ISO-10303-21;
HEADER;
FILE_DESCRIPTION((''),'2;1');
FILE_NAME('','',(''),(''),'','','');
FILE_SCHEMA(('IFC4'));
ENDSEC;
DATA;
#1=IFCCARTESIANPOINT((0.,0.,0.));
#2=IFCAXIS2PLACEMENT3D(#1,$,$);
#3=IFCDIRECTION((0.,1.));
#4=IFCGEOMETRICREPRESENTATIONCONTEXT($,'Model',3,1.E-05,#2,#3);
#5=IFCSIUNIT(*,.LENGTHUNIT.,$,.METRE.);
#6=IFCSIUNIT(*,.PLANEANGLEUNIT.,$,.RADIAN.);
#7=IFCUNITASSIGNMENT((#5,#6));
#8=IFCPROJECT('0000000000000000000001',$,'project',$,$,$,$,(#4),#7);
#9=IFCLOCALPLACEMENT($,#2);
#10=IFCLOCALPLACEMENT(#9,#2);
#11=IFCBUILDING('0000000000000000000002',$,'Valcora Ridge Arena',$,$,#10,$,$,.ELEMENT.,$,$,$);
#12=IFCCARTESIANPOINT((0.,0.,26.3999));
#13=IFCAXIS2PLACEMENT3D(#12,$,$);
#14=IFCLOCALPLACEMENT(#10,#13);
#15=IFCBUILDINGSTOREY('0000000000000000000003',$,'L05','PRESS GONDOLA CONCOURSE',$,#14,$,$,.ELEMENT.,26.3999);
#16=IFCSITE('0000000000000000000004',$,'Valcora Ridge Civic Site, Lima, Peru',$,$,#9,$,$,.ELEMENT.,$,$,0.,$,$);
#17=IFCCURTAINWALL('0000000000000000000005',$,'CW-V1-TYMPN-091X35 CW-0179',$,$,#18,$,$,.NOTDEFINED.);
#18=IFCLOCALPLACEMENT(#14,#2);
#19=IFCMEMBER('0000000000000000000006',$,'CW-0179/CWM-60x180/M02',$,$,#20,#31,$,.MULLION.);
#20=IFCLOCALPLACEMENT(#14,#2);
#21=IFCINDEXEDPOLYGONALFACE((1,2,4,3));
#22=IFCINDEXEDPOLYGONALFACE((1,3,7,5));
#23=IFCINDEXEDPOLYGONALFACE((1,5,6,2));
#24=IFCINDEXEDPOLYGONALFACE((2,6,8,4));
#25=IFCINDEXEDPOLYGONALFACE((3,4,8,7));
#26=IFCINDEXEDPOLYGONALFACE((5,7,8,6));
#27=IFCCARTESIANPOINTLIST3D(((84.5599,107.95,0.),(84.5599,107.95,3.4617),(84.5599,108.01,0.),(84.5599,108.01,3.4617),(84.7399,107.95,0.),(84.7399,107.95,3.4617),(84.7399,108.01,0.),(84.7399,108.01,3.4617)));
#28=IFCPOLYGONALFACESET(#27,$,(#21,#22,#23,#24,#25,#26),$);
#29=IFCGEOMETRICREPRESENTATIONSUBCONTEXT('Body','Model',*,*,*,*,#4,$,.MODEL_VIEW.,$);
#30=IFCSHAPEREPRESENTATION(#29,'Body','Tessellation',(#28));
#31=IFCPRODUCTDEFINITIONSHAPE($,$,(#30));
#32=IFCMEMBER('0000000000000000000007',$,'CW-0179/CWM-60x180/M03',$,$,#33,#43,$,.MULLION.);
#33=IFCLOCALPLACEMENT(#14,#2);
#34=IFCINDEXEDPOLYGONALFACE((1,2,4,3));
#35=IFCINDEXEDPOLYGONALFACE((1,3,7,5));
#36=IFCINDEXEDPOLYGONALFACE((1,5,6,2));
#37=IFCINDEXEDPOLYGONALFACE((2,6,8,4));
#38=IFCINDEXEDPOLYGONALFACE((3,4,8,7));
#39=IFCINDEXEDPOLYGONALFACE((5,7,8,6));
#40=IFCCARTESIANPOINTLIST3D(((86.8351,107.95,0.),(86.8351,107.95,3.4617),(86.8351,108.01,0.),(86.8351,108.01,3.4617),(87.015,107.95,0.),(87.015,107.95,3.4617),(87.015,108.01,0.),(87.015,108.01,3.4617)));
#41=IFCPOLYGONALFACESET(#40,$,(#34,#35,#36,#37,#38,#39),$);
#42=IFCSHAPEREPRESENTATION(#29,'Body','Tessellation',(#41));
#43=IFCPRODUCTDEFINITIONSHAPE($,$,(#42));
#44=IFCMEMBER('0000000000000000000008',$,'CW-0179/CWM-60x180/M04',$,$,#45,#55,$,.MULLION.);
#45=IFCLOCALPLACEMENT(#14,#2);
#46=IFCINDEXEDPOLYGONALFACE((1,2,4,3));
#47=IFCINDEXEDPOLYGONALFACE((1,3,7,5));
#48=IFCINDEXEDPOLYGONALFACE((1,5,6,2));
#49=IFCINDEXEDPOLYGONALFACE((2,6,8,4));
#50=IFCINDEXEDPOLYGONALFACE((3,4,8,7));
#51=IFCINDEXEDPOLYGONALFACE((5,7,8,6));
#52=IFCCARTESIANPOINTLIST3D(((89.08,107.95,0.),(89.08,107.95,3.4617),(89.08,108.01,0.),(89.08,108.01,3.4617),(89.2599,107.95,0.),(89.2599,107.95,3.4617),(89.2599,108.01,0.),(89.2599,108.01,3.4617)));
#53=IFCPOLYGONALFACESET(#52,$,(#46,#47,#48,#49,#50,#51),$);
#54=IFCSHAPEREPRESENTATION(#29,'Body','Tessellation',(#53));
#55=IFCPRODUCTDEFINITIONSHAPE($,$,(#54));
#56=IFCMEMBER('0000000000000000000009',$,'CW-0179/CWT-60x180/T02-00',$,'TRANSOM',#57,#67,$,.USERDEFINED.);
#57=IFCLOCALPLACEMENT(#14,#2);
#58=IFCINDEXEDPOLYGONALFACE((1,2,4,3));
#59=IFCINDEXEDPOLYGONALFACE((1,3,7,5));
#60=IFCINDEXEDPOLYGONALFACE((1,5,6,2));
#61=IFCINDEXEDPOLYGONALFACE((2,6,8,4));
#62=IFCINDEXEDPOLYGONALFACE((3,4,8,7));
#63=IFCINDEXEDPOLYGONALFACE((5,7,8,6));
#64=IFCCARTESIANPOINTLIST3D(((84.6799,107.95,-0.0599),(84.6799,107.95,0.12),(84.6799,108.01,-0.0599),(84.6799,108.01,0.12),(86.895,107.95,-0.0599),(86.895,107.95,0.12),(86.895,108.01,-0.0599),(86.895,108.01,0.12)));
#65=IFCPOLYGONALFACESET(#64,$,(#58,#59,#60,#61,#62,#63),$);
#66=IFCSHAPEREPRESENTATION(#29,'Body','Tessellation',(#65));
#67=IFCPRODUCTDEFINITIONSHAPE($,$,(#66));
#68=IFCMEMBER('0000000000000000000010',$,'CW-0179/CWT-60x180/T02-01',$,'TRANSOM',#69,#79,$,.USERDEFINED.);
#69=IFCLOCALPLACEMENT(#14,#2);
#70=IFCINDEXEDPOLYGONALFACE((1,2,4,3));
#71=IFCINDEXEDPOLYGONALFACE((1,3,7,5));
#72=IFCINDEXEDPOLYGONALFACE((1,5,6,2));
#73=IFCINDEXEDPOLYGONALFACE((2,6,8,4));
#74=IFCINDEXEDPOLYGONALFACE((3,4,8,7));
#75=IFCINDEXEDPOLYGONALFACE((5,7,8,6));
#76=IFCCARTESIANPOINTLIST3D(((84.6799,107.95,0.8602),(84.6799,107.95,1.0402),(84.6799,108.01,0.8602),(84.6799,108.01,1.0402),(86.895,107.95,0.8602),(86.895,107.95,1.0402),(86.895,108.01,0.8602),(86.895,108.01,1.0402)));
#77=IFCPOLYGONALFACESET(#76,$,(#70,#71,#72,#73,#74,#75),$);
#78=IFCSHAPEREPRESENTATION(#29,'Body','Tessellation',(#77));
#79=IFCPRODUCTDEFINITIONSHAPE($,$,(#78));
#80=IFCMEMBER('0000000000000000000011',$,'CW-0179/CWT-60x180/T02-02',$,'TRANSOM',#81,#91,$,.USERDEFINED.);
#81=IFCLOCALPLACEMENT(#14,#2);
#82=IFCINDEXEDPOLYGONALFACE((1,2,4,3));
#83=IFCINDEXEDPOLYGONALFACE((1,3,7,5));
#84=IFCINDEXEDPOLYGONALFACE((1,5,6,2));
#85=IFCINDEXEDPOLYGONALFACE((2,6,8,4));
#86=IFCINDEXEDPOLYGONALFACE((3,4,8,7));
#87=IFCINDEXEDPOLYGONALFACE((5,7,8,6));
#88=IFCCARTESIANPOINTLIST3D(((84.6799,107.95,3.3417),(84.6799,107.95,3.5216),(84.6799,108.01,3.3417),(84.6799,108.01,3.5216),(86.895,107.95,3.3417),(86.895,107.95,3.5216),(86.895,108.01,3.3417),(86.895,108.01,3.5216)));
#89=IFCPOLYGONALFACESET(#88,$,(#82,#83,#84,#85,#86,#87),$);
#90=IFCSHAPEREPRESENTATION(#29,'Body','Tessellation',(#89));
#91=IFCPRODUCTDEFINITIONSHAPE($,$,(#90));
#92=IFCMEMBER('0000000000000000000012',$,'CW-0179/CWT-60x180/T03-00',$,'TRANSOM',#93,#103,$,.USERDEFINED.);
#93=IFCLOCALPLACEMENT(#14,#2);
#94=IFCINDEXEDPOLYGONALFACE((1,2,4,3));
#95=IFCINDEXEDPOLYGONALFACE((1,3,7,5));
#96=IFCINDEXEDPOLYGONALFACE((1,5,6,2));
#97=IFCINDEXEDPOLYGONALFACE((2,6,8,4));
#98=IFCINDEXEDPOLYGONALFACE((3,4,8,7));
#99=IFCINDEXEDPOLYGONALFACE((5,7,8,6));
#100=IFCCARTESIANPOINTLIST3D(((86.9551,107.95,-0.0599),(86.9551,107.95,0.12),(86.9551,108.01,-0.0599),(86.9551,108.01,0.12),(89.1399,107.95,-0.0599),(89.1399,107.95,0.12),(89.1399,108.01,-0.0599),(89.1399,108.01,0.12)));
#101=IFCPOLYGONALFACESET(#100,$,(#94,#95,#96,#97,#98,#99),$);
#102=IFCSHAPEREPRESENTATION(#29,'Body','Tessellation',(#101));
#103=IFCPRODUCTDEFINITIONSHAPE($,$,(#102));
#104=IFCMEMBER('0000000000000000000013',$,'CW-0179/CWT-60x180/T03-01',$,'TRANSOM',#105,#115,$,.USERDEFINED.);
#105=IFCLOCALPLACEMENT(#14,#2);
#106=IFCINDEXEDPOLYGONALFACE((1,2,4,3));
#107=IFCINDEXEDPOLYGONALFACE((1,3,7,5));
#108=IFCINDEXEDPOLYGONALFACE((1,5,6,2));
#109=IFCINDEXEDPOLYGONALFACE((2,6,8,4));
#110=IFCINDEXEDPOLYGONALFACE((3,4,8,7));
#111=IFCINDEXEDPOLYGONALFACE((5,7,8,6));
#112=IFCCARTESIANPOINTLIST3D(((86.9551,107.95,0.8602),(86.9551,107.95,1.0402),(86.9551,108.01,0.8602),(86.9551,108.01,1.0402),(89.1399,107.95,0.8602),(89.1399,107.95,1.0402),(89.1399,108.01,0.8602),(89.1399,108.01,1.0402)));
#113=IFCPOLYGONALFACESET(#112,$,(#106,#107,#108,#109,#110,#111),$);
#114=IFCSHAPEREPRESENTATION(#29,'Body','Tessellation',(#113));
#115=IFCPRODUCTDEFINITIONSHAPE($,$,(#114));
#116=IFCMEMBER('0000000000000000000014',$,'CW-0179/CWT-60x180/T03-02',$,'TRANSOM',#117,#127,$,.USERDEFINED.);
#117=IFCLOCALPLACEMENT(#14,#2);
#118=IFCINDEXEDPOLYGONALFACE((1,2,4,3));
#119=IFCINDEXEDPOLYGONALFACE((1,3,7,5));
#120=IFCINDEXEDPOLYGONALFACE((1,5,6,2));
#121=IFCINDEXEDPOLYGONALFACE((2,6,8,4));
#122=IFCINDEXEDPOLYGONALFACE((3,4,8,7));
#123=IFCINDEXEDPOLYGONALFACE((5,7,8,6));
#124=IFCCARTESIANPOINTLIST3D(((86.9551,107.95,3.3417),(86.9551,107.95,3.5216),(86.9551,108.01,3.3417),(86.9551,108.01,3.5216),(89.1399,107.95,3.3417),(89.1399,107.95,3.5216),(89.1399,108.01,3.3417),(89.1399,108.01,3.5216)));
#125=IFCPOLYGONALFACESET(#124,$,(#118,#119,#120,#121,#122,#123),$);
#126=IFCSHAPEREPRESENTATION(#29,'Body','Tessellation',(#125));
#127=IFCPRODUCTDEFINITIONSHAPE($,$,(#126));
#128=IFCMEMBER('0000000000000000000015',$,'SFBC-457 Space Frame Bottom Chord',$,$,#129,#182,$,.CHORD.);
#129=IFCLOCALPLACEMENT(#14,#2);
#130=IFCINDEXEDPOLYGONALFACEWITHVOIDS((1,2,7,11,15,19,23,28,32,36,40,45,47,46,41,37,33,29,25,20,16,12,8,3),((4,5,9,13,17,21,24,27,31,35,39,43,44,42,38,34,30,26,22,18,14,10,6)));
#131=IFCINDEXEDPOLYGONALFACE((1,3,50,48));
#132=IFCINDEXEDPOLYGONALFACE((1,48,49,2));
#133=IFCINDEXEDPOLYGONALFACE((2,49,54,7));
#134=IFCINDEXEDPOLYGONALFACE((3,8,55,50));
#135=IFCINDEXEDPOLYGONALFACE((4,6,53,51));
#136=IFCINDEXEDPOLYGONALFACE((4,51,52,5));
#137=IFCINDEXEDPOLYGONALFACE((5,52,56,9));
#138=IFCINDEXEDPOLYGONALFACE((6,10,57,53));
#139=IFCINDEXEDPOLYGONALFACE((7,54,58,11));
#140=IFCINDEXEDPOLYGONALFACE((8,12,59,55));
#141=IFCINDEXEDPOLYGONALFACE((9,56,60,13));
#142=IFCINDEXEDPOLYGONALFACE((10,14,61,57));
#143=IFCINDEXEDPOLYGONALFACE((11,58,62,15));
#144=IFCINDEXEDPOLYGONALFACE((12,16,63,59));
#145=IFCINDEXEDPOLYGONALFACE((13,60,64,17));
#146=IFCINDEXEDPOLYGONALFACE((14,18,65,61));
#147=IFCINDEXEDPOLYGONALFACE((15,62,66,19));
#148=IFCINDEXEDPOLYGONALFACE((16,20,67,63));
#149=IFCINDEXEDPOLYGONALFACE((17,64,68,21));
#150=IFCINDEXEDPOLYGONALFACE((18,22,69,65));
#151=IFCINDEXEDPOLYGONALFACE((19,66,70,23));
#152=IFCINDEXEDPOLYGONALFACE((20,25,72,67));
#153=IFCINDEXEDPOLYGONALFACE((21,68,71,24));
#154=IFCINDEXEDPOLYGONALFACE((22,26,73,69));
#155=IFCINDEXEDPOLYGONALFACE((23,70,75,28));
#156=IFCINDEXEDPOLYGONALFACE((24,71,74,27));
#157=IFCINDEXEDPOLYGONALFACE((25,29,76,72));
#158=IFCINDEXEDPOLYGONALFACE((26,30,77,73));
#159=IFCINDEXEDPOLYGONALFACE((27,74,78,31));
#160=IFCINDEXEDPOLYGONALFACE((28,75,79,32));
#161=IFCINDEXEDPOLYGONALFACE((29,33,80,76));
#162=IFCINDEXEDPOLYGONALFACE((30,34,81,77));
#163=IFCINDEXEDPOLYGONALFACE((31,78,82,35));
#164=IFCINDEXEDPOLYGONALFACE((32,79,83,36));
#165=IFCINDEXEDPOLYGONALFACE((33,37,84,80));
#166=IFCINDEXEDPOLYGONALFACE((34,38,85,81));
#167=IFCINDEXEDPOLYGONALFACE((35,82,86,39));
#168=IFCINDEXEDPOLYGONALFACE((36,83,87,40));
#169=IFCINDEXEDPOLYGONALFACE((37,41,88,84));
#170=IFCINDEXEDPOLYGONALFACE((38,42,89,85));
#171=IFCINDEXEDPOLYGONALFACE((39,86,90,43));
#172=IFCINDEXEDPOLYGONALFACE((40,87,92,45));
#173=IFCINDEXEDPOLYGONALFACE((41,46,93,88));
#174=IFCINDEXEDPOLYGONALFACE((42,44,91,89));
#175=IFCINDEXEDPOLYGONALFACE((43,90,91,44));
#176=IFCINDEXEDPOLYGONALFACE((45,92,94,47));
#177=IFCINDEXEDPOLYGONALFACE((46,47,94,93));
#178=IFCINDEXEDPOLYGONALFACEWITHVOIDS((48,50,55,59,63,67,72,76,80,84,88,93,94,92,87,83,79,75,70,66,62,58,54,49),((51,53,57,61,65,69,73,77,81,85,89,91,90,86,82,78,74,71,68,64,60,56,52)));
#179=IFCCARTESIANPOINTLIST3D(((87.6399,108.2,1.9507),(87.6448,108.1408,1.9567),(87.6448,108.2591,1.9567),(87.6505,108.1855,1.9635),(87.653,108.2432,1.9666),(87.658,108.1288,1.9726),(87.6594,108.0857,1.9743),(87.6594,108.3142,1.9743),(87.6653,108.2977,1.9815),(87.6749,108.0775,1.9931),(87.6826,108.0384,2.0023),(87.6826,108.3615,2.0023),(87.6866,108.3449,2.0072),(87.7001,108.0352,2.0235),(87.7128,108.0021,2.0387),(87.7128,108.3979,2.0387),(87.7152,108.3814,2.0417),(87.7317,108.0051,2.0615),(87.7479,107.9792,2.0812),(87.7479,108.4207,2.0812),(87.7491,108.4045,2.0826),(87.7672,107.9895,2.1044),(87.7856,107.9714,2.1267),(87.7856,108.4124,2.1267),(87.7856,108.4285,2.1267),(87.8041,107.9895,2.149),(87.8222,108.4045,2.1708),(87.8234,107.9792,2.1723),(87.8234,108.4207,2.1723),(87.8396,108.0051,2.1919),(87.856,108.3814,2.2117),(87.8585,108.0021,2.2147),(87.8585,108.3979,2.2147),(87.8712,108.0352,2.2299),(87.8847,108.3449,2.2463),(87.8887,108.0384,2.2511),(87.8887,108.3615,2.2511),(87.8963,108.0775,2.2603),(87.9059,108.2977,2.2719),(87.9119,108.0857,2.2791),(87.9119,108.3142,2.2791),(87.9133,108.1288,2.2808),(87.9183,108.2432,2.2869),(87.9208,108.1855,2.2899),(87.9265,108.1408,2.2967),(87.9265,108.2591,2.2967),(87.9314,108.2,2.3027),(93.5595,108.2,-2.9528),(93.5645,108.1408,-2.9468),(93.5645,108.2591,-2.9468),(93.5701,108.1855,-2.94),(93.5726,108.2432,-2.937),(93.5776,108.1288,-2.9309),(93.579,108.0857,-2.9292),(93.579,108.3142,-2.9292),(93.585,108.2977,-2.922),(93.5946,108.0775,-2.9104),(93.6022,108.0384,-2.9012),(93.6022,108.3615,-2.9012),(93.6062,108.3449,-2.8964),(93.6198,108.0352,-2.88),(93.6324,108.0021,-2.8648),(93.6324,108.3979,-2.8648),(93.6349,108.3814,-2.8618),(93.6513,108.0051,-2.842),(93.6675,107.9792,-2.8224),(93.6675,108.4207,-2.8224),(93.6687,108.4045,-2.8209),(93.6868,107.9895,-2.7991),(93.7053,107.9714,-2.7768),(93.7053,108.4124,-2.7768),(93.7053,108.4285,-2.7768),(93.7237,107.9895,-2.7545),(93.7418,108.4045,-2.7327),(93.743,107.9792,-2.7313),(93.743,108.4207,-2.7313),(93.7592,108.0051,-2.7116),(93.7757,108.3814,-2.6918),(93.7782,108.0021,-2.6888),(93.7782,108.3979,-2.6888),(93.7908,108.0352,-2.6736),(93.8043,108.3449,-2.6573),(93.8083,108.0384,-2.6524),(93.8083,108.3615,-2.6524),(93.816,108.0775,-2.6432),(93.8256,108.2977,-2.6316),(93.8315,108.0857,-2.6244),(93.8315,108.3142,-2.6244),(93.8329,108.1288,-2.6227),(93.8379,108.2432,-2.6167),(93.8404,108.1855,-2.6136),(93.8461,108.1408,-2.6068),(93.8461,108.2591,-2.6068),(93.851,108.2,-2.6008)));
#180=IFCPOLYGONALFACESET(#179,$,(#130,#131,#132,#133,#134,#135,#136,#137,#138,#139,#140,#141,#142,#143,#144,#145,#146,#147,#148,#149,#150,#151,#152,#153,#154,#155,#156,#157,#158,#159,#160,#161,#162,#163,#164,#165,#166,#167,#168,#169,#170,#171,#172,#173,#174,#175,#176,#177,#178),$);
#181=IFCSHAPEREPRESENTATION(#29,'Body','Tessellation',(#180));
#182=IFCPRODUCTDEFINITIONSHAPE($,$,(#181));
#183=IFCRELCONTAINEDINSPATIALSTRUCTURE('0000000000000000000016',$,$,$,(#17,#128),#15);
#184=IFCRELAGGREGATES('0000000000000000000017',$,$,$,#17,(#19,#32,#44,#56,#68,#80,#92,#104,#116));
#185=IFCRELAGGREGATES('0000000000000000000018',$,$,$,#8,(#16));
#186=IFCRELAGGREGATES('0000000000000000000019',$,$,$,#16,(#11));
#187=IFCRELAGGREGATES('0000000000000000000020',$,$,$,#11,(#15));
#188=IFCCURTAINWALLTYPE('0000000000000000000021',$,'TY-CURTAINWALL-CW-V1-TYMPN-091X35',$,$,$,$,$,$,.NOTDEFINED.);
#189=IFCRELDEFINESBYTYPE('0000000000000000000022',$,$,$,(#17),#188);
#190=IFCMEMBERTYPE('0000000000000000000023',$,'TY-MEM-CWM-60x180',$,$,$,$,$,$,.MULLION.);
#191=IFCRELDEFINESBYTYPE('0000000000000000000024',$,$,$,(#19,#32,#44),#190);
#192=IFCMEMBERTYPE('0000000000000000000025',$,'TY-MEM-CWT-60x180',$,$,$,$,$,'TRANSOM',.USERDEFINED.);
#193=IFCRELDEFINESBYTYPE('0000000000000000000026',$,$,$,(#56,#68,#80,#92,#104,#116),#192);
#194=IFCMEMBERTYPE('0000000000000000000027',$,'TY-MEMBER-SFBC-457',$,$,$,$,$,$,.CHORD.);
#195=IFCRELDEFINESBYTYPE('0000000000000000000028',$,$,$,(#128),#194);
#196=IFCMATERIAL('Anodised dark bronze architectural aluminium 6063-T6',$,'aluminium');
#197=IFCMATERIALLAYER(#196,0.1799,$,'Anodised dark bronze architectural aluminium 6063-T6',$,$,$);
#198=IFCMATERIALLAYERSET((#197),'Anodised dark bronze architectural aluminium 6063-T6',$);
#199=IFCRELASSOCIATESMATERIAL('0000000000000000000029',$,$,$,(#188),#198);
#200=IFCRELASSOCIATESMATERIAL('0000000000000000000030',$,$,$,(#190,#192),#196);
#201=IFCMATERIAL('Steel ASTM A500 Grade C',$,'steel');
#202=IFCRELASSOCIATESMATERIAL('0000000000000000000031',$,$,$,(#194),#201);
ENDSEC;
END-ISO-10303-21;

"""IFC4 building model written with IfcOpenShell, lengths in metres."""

from ifc_helpers import new_model, si_unit, direction, frame, origin, origin_2d, place, context, subcontext, project, spatial, rectangle, hollow_circle, extrude, material, layer, layer_set, material_profile, profile_set, type_object, element, aggregate, save


model = new_model("IFC4")

# Units and contexts
model_context = context("Model", 3, precision=1e-05, world=origin(), true_north=direction((0.0, 1.0)))
body_context = subcontext(model_context, "Body", "Model", "MODEL_VIEW")
ifc_project = project(units=[si_unit("LENGTHUNIT", "METRE"), si_unit("PLANEANGLEUNIT", "RADIAN")], contexts=[model_context])

# Site, building, storey
site_placement = place(None, origin())
site = spatial("IfcSite", under=ifc_project, at=site_placement, Name="Valcora Ridge Civic Site, Lima, Peru", CompositionType="ELEMENT", RefElevation=0.0)
building_placement = place(site_placement, origin())
building = spatial("IfcBuilding", under=site, at=building_placement, Name="Valcora Ridge Arena", CompositionType="ELEMENT")
storey_placement = place(building_placement, frame((0.0, 0.0, 26.3999)))
storey = spatial("IfcBuildingStorey", under=building, at=storey_placement, Name="L05", Description="PRESS GONDOLA CONCOURSE", CompositionType="ELEMENT", Elevation=26.3999)

# Curtain wall, members
ifc_material_1 = material(Name="Anodised dark bronze architectural aluminium 6063-T6", Category="aluminium")
ifc_layer_1 = layer(ifc_material_1, 0.1799, Name="Anodised dark bronze architectural aluminium 6063-T6")
ifc_layer_set_1 = layer_set([ifc_layer_1], Name="Anodised dark bronze architectural aluminium 6063-T6")
curtain_wall_type = type_object("IfcCurtainWallType", Name="TY-CURTAINWALL-CW-V1-TYMPN-091X35", PredefinedType="NOTDEFINED", material=ifc_layer_set_1)
curtain_wall_placement = place(storey_placement, origin())
curtain_wall = element("IfcCurtainWall", 1, at=curtain_wall_placement, inside=storey, type_object=curtain_wall_type, Name="CW-V1-TYMPN-091X35 CW-0179", PredefinedType="NOTDEFINED")
ifc_material_profile_1 = material_profile(ifc_material_1, rectangle(XDim=0.0601, YDim=0.1799, at=origin_2d()), Name="ALU MULLION 60x180")
ifc_profile_set_1 = profile_set([ifc_material_profile_1], Name="Anodised dark bronze architectural aluminium 6063-T6")
member_type_1 = type_object("IfcMemberType", Name="TY-MEM-CWM-60x180", PredefinedType="MULLION", material=ifc_profile_set_1)
member_1_placement = place(storey_placement, frame((84.6499, 107.98, 0.0), z_axis=(0.0, 0.0, 1.0), x_axis=(0.0, 1.0, 0.0)))
member_1 = element("IfcMember", 2, at=member_1_placement, type_object=member_type_1, Name="CW-0179/CWM-60x180/M02", PredefinedType="MULLION", context=body_context, shape_type="SweptSolid", body=[
    extrude(rectangle(XDim=0.0601, YDim=0.1799, at=origin_2d()), origin(), (0.0, 0.0, 1.0), 3.4617),
])
member_2_placement = place(storey_placement, frame((86.925, 107.98, 0.0), z_axis=(0.0, 0.0, 1.0), x_axis=(0.0, 1.0, 0.0)))
member_2 = element("IfcMember", 3, at=member_2_placement, type_object=member_type_1, Name="CW-0179/CWM-60x180/M03", PredefinedType="MULLION", context=body_context, shape_type="SweptSolid", body=[
    extrude(rectangle(XDim=0.0601, YDim=0.1799, at=origin_2d()), origin(), (0.0, 0.0, 1.0), 3.4617),
])
member_3_placement = place(storey_placement, frame((89.1699, 107.98, 0.0), z_axis=(0.0, 0.0, 1.0), x_axis=(0.0, 1.0, 0.0)))
member_3 = element("IfcMember", 4, at=member_3_placement, type_object=member_type_1, Name="CW-0179/CWM-60x180/M04", PredefinedType="MULLION", context=body_context, shape_type="SweptSolid", body=[
    extrude(rectangle(XDim=0.0601, YDim=0.1799, at=origin_2d()), origin(), (0.0, 0.0, 1.0), 3.4617),
])
ifc_material_profile_2 = material_profile(ifc_material_1, rectangle(XDim=0.0601, YDim=0.1799, at=origin_2d()), Name="ALU TRANSOM 60x180")
ifc_profile_set_2 = profile_set([ifc_material_profile_2], Name="Anodised dark bronze architectural aluminium 6063-T6")
member_type_2 = type_object("IfcMemberType", Name="TY-MEM-CWT-60x180", ElementType="TRANSOM", PredefinedType="USERDEFINED", material=ifc_profile_set_2)
member_4_placement = place(storey_placement, frame((84.6799, 107.98, 0.03), z_axis=(1.0, 0.0, 0.0), x_axis=(0.0, 1.0, 0.0)))
member_4 = element("IfcMember", 5, at=member_4_placement, type_object=member_type_2, Name="CW-0179/CWT-60x180/T02-00", ObjectType="TRANSOM", PredefinedType="USERDEFINED", context=body_context, shape_type="SweptSolid", body=[
    extrude(rectangle(XDim=0.0601, YDim=0.1799, at=origin_2d()), origin(), (0.0, 0.0, 1.0), 2.2151),
])
member_5_placement = place(storey_placement, frame((84.6799, 107.98, 0.9502), z_axis=(1.0, 0.0, 0.0), x_axis=(0.0, 1.0, 0.0)))
member_5 = element("IfcMember", 6, at=member_5_placement, type_object=member_type_2, Name="CW-0179/CWT-60x180/T02-01", ObjectType="TRANSOM", PredefinedType="USERDEFINED", context=body_context, shape_type="SweptSolid", body=[
    extrude(rectangle(XDim=0.0601, YDim=0.1799, at=origin_2d()), origin(), (0.0, 0.0, 1.0), 2.2151),
])
member_6_placement = place(storey_placement, frame((84.6799, 107.98, 3.4316), z_axis=(1.0, 0.0, 0.0), x_axis=(0.0, 1.0, 0.0)))
member_6 = element("IfcMember", 7, at=member_6_placement, type_object=member_type_2, Name="CW-0179/CWT-60x180/T02-02", ObjectType="TRANSOM", PredefinedType="USERDEFINED", context=body_context, shape_type="SweptSolid", body=[
    extrude(rectangle(XDim=0.0601, YDim=0.1799, at=origin_2d()), origin(), (0.0, 0.0, 1.0), 2.2151),
])
member_7_placement = place(storey_placement, frame((86.9551, 107.98, 0.03), z_axis=(1.0, 0.0, 0.0), x_axis=(0.0, 1.0, 0.0)))
member_7 = element("IfcMember", 8, at=member_7_placement, type_object=member_type_2, Name="CW-0179/CWT-60x180/T03-00", ObjectType="TRANSOM", PredefinedType="USERDEFINED", context=body_context, shape_type="SweptSolid", body=[
    extrude(rectangle(XDim=0.0601, YDim=0.1799, at=origin_2d()), origin(), (0.0, 0.0, 1.0), 2.1848),
])
member_8_placement = place(storey_placement, frame((86.9551, 107.98, 0.9502), z_axis=(1.0, 0.0, 0.0), x_axis=(0.0, 1.0, 0.0)))
member_8 = element("IfcMember", 9, at=member_8_placement, type_object=member_type_2, Name="CW-0179/CWT-60x180/T03-01", ObjectType="TRANSOM", PredefinedType="USERDEFINED", context=body_context, shape_type="SweptSolid", body=[
    extrude(rectangle(XDim=0.0601, YDim=0.1799, at=origin_2d()), origin(), (0.0, 0.0, 1.0), 2.1848),
])
member_9_placement = place(storey_placement, frame((86.9551, 107.98, 3.4316), z_axis=(1.0, 0.0, 0.0), x_axis=(0.0, 1.0, 0.0)))
member_9 = element("IfcMember", 10, at=member_9_placement, type_object=member_type_2, Name="CW-0179/CWT-60x180/T03-02", ObjectType="TRANSOM", PredefinedType="USERDEFINED", context=body_context, shape_type="SweptSolid", body=[
    extrude(rectangle(XDim=0.0601, YDim=0.1799, at=origin_2d()), origin(), (0.0, 0.0, 1.0), 2.1848),
])

# Member
ifc_material_2 = material(Name="Steel ASTM A500 Grade C", Category="steel")
ifc_material_profile_3 = material_profile(ifc_material_2, hollow_circle(Radius=0.2285, WallThickness=0.0161, at=origin_2d()), Name="CHS457X16")
ifc_profile_set_3 = profile_set([ifc_material_profile_3], Name="Steel ASTM A500 Grade C")
member_type_3 = type_object("IfcMemberType", Name="TY-MEMBER-SFBC-457", PredefinedType="CHORD", material=ifc_profile_set_3)
member_10_placement = place(storey_placement, frame((87.7856, 108.2, 2.1267), z_axis=(0.770105, 0.0, -0.637917), x_axis=(0.0, 1.0, 0.0)))
element("IfcMember", 11, at=member_10_placement, inside=storey, type_object=member_type_3, Name="SFBC-457 Space Frame Bottom Chord", PredefinedType="CHORD", context=body_context, shape_type="SweptSolid", body=[
    extrude(hollow_circle(Radius=0.2285, WallThickness=0.0161, at=origin_2d()), origin(), (0.0, 0.0, 1.0), 7.6868),
])

aggregate(curtain_wall, [member_1, member_2, member_3, member_4, member_5, member_6, member_7, member_8, member_9])

save(model, "model.ifc")
